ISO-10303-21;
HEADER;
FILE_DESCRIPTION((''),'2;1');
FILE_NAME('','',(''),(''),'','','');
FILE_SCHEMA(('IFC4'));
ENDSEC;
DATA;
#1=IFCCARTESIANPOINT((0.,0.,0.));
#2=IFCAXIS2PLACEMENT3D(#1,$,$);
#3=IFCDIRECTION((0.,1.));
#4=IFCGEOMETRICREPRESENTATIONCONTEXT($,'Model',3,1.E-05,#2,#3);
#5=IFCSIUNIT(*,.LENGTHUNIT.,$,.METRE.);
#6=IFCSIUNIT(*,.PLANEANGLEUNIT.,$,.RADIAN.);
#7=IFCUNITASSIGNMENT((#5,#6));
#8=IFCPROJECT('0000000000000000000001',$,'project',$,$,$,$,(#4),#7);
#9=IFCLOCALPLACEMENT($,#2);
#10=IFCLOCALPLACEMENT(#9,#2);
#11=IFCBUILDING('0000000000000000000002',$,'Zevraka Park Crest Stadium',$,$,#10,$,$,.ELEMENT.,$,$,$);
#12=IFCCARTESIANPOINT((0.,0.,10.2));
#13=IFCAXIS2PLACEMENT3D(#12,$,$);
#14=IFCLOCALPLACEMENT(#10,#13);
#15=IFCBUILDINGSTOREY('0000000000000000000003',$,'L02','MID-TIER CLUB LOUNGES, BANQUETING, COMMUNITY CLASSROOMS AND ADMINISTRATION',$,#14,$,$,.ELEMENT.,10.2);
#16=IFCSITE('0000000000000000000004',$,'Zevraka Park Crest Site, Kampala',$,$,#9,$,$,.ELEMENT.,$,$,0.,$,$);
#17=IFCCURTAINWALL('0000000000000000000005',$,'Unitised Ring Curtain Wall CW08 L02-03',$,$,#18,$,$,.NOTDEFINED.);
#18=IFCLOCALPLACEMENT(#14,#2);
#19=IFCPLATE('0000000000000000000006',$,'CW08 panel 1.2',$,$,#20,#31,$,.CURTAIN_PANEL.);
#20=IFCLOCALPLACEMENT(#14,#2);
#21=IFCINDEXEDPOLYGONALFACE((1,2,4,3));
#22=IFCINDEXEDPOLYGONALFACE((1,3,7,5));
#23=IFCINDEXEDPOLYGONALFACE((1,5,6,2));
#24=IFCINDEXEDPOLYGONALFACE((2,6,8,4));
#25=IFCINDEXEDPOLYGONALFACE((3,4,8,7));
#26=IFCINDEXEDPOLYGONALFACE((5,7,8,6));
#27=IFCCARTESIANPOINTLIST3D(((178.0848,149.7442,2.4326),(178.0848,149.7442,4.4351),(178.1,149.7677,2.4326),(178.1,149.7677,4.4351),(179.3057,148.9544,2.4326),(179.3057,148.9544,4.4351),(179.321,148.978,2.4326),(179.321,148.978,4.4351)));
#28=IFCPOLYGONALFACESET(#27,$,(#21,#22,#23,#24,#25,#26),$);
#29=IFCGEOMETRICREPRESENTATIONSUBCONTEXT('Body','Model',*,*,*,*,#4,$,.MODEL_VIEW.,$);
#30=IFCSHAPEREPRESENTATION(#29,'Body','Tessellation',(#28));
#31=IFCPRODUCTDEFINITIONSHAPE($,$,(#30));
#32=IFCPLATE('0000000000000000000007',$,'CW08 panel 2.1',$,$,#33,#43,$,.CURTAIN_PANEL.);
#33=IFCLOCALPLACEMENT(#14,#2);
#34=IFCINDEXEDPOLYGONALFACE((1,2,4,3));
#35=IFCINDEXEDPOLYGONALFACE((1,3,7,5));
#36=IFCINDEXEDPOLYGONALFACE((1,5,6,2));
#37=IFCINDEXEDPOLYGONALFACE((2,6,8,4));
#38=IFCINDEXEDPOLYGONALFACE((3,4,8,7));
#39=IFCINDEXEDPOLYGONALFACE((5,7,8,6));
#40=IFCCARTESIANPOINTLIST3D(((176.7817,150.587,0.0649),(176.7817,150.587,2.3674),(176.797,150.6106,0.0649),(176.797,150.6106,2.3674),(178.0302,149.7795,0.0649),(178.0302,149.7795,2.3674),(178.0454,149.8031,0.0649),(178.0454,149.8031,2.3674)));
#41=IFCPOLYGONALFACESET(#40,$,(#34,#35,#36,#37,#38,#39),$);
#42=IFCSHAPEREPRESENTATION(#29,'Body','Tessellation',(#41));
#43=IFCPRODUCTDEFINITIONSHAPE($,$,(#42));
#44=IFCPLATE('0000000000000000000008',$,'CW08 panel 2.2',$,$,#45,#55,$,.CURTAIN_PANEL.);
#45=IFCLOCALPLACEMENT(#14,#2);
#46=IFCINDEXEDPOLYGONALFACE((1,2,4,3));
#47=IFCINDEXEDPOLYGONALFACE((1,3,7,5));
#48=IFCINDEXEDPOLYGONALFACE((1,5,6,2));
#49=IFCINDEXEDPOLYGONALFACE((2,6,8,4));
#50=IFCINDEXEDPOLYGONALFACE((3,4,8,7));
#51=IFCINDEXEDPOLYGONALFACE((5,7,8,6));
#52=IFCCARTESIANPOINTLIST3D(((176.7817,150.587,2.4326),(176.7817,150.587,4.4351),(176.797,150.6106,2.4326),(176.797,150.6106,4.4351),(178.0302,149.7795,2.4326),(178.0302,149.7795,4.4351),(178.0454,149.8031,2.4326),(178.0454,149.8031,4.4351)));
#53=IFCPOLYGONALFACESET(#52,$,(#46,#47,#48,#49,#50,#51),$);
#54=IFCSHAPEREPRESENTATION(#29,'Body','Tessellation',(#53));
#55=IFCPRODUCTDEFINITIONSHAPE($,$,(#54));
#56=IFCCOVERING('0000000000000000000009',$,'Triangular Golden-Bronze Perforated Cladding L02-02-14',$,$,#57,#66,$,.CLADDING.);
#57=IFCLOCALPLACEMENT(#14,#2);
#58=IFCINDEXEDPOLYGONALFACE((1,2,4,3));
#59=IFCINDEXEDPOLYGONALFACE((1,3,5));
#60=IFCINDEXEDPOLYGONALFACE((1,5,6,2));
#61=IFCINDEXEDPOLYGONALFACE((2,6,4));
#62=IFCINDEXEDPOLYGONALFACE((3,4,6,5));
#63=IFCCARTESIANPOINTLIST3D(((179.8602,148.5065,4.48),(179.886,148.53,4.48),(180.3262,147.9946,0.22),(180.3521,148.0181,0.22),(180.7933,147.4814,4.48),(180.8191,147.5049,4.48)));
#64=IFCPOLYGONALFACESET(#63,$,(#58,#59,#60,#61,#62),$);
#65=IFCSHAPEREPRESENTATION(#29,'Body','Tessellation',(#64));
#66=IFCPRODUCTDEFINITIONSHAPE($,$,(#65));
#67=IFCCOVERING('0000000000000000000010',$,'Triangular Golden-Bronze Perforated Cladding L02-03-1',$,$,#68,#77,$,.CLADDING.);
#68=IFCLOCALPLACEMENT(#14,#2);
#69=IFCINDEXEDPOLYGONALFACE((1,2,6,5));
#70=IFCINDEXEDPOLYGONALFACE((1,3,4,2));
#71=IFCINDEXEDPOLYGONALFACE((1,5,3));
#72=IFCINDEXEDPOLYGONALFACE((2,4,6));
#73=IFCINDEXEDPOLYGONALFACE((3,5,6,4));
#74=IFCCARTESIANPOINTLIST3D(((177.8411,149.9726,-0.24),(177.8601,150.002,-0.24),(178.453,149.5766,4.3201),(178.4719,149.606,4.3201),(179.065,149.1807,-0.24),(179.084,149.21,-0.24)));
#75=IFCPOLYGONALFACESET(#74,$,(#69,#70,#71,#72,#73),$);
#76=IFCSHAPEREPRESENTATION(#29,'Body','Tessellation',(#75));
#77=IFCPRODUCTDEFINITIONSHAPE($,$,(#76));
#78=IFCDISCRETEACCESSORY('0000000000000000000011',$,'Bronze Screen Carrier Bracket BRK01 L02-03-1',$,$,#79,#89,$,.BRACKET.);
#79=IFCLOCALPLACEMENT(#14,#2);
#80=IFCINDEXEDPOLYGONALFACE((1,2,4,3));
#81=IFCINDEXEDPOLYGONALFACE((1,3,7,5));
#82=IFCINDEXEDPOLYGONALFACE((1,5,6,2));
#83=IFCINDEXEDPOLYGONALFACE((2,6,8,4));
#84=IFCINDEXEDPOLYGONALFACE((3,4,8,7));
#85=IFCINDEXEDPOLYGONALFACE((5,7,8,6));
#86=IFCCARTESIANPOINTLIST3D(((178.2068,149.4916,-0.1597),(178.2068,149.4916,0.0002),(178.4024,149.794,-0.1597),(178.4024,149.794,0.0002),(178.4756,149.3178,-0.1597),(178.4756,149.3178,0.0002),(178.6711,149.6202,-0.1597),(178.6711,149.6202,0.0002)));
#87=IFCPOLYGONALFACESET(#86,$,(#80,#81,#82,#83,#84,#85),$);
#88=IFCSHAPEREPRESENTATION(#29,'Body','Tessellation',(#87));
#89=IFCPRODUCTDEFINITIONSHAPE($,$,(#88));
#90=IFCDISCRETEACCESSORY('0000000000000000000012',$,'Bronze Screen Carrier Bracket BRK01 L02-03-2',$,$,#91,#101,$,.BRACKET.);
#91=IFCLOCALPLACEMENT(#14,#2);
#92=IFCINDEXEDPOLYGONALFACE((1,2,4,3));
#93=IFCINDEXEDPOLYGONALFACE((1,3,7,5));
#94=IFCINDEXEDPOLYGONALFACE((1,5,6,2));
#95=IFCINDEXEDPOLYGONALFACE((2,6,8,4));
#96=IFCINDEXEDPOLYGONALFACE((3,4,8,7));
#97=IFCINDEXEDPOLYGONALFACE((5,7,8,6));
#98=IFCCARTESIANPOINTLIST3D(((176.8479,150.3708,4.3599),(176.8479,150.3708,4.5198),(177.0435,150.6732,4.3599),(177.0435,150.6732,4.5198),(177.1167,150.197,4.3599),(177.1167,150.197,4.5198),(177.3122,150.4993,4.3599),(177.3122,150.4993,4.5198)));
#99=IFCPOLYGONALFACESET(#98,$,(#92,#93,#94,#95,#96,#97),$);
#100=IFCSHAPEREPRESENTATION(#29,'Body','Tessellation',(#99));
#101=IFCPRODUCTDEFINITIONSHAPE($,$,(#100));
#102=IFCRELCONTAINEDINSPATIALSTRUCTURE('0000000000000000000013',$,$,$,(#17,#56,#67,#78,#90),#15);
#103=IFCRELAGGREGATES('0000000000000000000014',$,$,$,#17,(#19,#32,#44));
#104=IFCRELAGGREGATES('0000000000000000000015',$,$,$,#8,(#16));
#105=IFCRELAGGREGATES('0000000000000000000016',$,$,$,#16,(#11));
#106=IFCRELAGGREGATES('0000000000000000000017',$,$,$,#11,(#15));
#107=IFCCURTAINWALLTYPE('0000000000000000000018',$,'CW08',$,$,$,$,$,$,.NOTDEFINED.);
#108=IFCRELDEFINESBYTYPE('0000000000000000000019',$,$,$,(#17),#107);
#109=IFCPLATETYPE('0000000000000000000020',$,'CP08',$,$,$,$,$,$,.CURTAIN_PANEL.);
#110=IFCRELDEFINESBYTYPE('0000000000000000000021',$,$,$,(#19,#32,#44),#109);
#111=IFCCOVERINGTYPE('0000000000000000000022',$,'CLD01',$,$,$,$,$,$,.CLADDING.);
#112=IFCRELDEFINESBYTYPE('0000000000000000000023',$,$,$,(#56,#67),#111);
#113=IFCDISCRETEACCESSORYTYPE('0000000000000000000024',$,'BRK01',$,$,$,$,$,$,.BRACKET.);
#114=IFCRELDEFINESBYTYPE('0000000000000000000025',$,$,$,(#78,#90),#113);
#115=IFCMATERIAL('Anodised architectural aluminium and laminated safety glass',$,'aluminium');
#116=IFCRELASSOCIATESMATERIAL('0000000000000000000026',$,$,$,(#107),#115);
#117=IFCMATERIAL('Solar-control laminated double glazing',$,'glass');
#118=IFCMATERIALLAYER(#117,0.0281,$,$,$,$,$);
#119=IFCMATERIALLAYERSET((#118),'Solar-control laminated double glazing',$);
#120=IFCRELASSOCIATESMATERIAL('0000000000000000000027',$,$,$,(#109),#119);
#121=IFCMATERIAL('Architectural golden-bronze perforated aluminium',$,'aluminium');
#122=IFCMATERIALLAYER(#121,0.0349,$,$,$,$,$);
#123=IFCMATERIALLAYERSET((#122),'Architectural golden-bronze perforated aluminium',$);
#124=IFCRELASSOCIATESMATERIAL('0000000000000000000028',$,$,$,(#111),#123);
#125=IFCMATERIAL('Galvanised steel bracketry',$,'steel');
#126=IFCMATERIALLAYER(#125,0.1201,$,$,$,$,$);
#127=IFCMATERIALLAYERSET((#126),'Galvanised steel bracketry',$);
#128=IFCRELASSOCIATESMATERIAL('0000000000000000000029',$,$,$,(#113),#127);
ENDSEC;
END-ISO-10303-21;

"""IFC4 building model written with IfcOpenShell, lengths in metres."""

from ifc_helpers import new_model, si_unit, direction, frame, origin, origin_2d, place, context, subcontext, project, spatial, polyline, rectangle, outline, extrude, material, layer, layer_set, type_object, element, aggregate, save


model = new_model("IFC4")

# Units and contexts
model_context = context("Model", 3, precision=1e-05, world=origin(), true_north=direction((0.0, 1.0)))
body_context = subcontext(model_context, "Body", "Model", "MODEL_VIEW")
ifc_project = project(units=[si_unit("LENGTHUNIT", "METRE"), si_unit("PLANEANGLEUNIT", "RADIAN")], contexts=[model_context])

# Site, building, storey
site_placement = place(None, origin())
site = spatial("IfcSite", under=ifc_project, at=site_placement, Name="Zevraka Park Crest Site, Kampala", CompositionType="ELEMENT", RefElevation=0.0)
building_placement = place(site_placement, origin())
building = spatial("IfcBuilding", under=site, at=building_placement, Name="Zevraka Park Crest Stadium", CompositionType="ELEMENT")
storey_placement = place(building_placement, frame((0.0, 0.0, 10.2)))
storey = spatial("IfcBuildingStorey", under=building, at=storey_placement, Name="L02", Description="MID-TIER CLUB LOUNGES, BANQUETING, COMMUNITY CLASSROOMS AND ADMINISTRATION", CompositionType="ELEMENT", Elevation=10.2)

# Shared definitions
ifc_material_1 = material(Name="Anodised architectural aluminium and laminated safety glass", Category="aluminium")
curtain_wall_type = type_object("IfcCurtainWallType", Name="CW08", PredefinedType="NOTDEFINED", material=ifc_material_1)

# Curtain wall
curtain_wall_1_placement = place(storey_placement, origin())
curtain_wall_1 = element("IfcCurtainWall", 1, at=curtain_wall_1_placement, inside=storey, type_object=curtain_wall_type, Name="Unitised Ring Curtain Wall CW08 L02-03", PredefinedType="NOTDEFINED")

# Plates
ifc_material_2 = material(Name="Solar-control laminated double glazing", Category="glass")
ifc_layer_1 = layer(ifc_material_2, 0.0281)
ifc_layer_set_1 = layer_set([ifc_layer_1], Name="Solar-control laminated double glazing")
plate_type = type_object("IfcPlateType", Name="CP08", PredefinedType="CURTAIN_PANEL", material=ifc_layer_set_1)
plate_1_placement = place(storey_placement, frame((178.7029, 149.3611, 2.4326), z_axis=(0.0, 0.0, 1.0), x_axis=(-0.83967, 0.543096, 0.0)))
plate_1 = element("IfcPlate", 2, at=plate_1_placement, type_object=plate_type, Name="CW08 panel 1.2", PredefinedType="CURTAIN_PANEL", context=body_context, shape_type="SweptSolid", body=[
    extrude(rectangle(XDim=1.4541, YDim=0.0281, at=origin_2d()), origin(), (0.0, 0.0, 1.0), 2.0024),
])
plate_2_placement = place(storey_placement, frame((177.4136, 150.1951, 0.0649), z_axis=(0.0, 0.0, 1.0), x_axis=(-0.83967, 0.543096, 0.0)))
plate_2 = element("IfcPlate", 3, at=plate_2_placement, type_object=plate_type, Name="CW08 panel 2.1", PredefinedType="CURTAIN_PANEL", context=body_context, shape_type="SweptSolid", body=[
    extrude(rectangle(XDim=1.4868, YDim=0.0281, at=origin_2d()), origin(), (0.0, 0.0, 1.0), 2.3025),
])
plate_3_placement = place(storey_placement, frame((177.4136, 150.1951, 2.4326), z_axis=(0.0, 0.0, 1.0), x_axis=(-0.83967, 0.543096, 0.0)))
plate_3 = element("IfcPlate", 4, at=plate_3_placement, type_object=plate_type, Name="CW08 panel 2.2", PredefinedType="CURTAIN_PANEL", context=body_context, shape_type="SweptSolid", body=[
    extrude(rectangle(XDim=1.4868, YDim=0.0281, at=origin_2d()), origin(), (0.0, 0.0, 1.0), 2.0024),
])
aggregate(curtain_wall_1, [plate_1, plate_2, plate_3])

# Coverings
ifc_material_3 = material(Name="Architectural golden-bronze perforated aluminium", Category="aluminium")
ifc_layer_2 = layer(ifc_material_3, 0.0349)
ifc_layer_set_2 = layer_set([ifc_layer_2], Name="Architectural golden-bronze perforated aluminium")
covering_type = type_object("IfcCoveringType", Name="CLD01", PredefinedType="CLADDING", material=ifc_layer_set_2)
covering_1_placement = place(storey_placement, frame((179.886, 148.53, 4.48), z_axis=(0.739526, 0.673129, 0.000012), x_axis=(0.673129, -0.739526, 0.0)))
element("IfcCovering", 5, at=covering_1_placement, inside=storey, type_object=covering_type, Name="Triangular Golden-Bronze Perforated Cladding L02-02-14", PredefinedType="CLADDING", context=body_context, shape_type="SweptSolid", body=[
    extrude(outline(polyline([(0.0, 0.0), (1.3862, 0.0), (0.6923, 4.26), (0.0, 0.0)])), origin(), (0.0, 0.0, -1.0), 0.0349),
])
covering_2_placement = place(storey_placement, frame((179.084, 149.21, -0.24), z_axis=(0.543286, 0.839548, 0.000015), x_axis=(-0.839548, 0.543286, 0.0)))
element("IfcCovering", 6, at=covering_2_placement, inside=storey, type_object=covering_type, Name="Triangular Golden-Bronze Perforated Cladding L02-03-1", PredefinedType="CLADDING", context=body_context, shape_type="SweptSolid", body=[
    extrude(outline(polyline([(0.0, 0.0), (1.4578, 0.0), (0.729, 4.5601), (0.0, 0.0)])), origin(), (0.0, 0.0, -1.0), 0.0349),
])

# Discrete accessories
ifc_material_4 = material(Name="Galvanised steel bracketry", Category="steel")
ifc_layer_3 = layer(ifc_material_4, 0.1201)
ifc_layer_set_3 = layer_set([ifc_layer_3], Name="Galvanised steel bracketry")
discrete_accessory_type = type_object("IfcDiscreteAccessoryType", Name="BRK01", PredefinedType="BRACKET", material=ifc_layer_set_3)
for number, where, z_axis, x_axis, name in (
    (7, (178.439, 149.5559, -0.1597), (0.0, 0.0, 1.0), (-0.839715, 0.543028, 0.0), "Bronze Screen Carrier Bracket BRK01 L02-03-1"),
    (8, (177.0801, 150.4351, 4.3599), (0.0, 0.0, 1.0), (-0.839715, 0.543028, 0.0), "Bronze Screen Carrier Bracket BRK01 L02-03-2"),
):
    element("IfcDiscreteAccessory", number, at=place(storey_placement, frame(where, z_axis=z_axis, x_axis=x_axis)), inside=storey, type_object=discrete_accessory_type, Name=name, PredefinedType="BRACKET", context=body_context, shape_type="SweptSolid", body=[
        extrude(rectangle(XDim=0.3201, YDim=0.3601, at=origin_2d()), origin(), (0.0, 0.0, 1.0), 0.1599),
    ])

save(model, "model.ifc")
